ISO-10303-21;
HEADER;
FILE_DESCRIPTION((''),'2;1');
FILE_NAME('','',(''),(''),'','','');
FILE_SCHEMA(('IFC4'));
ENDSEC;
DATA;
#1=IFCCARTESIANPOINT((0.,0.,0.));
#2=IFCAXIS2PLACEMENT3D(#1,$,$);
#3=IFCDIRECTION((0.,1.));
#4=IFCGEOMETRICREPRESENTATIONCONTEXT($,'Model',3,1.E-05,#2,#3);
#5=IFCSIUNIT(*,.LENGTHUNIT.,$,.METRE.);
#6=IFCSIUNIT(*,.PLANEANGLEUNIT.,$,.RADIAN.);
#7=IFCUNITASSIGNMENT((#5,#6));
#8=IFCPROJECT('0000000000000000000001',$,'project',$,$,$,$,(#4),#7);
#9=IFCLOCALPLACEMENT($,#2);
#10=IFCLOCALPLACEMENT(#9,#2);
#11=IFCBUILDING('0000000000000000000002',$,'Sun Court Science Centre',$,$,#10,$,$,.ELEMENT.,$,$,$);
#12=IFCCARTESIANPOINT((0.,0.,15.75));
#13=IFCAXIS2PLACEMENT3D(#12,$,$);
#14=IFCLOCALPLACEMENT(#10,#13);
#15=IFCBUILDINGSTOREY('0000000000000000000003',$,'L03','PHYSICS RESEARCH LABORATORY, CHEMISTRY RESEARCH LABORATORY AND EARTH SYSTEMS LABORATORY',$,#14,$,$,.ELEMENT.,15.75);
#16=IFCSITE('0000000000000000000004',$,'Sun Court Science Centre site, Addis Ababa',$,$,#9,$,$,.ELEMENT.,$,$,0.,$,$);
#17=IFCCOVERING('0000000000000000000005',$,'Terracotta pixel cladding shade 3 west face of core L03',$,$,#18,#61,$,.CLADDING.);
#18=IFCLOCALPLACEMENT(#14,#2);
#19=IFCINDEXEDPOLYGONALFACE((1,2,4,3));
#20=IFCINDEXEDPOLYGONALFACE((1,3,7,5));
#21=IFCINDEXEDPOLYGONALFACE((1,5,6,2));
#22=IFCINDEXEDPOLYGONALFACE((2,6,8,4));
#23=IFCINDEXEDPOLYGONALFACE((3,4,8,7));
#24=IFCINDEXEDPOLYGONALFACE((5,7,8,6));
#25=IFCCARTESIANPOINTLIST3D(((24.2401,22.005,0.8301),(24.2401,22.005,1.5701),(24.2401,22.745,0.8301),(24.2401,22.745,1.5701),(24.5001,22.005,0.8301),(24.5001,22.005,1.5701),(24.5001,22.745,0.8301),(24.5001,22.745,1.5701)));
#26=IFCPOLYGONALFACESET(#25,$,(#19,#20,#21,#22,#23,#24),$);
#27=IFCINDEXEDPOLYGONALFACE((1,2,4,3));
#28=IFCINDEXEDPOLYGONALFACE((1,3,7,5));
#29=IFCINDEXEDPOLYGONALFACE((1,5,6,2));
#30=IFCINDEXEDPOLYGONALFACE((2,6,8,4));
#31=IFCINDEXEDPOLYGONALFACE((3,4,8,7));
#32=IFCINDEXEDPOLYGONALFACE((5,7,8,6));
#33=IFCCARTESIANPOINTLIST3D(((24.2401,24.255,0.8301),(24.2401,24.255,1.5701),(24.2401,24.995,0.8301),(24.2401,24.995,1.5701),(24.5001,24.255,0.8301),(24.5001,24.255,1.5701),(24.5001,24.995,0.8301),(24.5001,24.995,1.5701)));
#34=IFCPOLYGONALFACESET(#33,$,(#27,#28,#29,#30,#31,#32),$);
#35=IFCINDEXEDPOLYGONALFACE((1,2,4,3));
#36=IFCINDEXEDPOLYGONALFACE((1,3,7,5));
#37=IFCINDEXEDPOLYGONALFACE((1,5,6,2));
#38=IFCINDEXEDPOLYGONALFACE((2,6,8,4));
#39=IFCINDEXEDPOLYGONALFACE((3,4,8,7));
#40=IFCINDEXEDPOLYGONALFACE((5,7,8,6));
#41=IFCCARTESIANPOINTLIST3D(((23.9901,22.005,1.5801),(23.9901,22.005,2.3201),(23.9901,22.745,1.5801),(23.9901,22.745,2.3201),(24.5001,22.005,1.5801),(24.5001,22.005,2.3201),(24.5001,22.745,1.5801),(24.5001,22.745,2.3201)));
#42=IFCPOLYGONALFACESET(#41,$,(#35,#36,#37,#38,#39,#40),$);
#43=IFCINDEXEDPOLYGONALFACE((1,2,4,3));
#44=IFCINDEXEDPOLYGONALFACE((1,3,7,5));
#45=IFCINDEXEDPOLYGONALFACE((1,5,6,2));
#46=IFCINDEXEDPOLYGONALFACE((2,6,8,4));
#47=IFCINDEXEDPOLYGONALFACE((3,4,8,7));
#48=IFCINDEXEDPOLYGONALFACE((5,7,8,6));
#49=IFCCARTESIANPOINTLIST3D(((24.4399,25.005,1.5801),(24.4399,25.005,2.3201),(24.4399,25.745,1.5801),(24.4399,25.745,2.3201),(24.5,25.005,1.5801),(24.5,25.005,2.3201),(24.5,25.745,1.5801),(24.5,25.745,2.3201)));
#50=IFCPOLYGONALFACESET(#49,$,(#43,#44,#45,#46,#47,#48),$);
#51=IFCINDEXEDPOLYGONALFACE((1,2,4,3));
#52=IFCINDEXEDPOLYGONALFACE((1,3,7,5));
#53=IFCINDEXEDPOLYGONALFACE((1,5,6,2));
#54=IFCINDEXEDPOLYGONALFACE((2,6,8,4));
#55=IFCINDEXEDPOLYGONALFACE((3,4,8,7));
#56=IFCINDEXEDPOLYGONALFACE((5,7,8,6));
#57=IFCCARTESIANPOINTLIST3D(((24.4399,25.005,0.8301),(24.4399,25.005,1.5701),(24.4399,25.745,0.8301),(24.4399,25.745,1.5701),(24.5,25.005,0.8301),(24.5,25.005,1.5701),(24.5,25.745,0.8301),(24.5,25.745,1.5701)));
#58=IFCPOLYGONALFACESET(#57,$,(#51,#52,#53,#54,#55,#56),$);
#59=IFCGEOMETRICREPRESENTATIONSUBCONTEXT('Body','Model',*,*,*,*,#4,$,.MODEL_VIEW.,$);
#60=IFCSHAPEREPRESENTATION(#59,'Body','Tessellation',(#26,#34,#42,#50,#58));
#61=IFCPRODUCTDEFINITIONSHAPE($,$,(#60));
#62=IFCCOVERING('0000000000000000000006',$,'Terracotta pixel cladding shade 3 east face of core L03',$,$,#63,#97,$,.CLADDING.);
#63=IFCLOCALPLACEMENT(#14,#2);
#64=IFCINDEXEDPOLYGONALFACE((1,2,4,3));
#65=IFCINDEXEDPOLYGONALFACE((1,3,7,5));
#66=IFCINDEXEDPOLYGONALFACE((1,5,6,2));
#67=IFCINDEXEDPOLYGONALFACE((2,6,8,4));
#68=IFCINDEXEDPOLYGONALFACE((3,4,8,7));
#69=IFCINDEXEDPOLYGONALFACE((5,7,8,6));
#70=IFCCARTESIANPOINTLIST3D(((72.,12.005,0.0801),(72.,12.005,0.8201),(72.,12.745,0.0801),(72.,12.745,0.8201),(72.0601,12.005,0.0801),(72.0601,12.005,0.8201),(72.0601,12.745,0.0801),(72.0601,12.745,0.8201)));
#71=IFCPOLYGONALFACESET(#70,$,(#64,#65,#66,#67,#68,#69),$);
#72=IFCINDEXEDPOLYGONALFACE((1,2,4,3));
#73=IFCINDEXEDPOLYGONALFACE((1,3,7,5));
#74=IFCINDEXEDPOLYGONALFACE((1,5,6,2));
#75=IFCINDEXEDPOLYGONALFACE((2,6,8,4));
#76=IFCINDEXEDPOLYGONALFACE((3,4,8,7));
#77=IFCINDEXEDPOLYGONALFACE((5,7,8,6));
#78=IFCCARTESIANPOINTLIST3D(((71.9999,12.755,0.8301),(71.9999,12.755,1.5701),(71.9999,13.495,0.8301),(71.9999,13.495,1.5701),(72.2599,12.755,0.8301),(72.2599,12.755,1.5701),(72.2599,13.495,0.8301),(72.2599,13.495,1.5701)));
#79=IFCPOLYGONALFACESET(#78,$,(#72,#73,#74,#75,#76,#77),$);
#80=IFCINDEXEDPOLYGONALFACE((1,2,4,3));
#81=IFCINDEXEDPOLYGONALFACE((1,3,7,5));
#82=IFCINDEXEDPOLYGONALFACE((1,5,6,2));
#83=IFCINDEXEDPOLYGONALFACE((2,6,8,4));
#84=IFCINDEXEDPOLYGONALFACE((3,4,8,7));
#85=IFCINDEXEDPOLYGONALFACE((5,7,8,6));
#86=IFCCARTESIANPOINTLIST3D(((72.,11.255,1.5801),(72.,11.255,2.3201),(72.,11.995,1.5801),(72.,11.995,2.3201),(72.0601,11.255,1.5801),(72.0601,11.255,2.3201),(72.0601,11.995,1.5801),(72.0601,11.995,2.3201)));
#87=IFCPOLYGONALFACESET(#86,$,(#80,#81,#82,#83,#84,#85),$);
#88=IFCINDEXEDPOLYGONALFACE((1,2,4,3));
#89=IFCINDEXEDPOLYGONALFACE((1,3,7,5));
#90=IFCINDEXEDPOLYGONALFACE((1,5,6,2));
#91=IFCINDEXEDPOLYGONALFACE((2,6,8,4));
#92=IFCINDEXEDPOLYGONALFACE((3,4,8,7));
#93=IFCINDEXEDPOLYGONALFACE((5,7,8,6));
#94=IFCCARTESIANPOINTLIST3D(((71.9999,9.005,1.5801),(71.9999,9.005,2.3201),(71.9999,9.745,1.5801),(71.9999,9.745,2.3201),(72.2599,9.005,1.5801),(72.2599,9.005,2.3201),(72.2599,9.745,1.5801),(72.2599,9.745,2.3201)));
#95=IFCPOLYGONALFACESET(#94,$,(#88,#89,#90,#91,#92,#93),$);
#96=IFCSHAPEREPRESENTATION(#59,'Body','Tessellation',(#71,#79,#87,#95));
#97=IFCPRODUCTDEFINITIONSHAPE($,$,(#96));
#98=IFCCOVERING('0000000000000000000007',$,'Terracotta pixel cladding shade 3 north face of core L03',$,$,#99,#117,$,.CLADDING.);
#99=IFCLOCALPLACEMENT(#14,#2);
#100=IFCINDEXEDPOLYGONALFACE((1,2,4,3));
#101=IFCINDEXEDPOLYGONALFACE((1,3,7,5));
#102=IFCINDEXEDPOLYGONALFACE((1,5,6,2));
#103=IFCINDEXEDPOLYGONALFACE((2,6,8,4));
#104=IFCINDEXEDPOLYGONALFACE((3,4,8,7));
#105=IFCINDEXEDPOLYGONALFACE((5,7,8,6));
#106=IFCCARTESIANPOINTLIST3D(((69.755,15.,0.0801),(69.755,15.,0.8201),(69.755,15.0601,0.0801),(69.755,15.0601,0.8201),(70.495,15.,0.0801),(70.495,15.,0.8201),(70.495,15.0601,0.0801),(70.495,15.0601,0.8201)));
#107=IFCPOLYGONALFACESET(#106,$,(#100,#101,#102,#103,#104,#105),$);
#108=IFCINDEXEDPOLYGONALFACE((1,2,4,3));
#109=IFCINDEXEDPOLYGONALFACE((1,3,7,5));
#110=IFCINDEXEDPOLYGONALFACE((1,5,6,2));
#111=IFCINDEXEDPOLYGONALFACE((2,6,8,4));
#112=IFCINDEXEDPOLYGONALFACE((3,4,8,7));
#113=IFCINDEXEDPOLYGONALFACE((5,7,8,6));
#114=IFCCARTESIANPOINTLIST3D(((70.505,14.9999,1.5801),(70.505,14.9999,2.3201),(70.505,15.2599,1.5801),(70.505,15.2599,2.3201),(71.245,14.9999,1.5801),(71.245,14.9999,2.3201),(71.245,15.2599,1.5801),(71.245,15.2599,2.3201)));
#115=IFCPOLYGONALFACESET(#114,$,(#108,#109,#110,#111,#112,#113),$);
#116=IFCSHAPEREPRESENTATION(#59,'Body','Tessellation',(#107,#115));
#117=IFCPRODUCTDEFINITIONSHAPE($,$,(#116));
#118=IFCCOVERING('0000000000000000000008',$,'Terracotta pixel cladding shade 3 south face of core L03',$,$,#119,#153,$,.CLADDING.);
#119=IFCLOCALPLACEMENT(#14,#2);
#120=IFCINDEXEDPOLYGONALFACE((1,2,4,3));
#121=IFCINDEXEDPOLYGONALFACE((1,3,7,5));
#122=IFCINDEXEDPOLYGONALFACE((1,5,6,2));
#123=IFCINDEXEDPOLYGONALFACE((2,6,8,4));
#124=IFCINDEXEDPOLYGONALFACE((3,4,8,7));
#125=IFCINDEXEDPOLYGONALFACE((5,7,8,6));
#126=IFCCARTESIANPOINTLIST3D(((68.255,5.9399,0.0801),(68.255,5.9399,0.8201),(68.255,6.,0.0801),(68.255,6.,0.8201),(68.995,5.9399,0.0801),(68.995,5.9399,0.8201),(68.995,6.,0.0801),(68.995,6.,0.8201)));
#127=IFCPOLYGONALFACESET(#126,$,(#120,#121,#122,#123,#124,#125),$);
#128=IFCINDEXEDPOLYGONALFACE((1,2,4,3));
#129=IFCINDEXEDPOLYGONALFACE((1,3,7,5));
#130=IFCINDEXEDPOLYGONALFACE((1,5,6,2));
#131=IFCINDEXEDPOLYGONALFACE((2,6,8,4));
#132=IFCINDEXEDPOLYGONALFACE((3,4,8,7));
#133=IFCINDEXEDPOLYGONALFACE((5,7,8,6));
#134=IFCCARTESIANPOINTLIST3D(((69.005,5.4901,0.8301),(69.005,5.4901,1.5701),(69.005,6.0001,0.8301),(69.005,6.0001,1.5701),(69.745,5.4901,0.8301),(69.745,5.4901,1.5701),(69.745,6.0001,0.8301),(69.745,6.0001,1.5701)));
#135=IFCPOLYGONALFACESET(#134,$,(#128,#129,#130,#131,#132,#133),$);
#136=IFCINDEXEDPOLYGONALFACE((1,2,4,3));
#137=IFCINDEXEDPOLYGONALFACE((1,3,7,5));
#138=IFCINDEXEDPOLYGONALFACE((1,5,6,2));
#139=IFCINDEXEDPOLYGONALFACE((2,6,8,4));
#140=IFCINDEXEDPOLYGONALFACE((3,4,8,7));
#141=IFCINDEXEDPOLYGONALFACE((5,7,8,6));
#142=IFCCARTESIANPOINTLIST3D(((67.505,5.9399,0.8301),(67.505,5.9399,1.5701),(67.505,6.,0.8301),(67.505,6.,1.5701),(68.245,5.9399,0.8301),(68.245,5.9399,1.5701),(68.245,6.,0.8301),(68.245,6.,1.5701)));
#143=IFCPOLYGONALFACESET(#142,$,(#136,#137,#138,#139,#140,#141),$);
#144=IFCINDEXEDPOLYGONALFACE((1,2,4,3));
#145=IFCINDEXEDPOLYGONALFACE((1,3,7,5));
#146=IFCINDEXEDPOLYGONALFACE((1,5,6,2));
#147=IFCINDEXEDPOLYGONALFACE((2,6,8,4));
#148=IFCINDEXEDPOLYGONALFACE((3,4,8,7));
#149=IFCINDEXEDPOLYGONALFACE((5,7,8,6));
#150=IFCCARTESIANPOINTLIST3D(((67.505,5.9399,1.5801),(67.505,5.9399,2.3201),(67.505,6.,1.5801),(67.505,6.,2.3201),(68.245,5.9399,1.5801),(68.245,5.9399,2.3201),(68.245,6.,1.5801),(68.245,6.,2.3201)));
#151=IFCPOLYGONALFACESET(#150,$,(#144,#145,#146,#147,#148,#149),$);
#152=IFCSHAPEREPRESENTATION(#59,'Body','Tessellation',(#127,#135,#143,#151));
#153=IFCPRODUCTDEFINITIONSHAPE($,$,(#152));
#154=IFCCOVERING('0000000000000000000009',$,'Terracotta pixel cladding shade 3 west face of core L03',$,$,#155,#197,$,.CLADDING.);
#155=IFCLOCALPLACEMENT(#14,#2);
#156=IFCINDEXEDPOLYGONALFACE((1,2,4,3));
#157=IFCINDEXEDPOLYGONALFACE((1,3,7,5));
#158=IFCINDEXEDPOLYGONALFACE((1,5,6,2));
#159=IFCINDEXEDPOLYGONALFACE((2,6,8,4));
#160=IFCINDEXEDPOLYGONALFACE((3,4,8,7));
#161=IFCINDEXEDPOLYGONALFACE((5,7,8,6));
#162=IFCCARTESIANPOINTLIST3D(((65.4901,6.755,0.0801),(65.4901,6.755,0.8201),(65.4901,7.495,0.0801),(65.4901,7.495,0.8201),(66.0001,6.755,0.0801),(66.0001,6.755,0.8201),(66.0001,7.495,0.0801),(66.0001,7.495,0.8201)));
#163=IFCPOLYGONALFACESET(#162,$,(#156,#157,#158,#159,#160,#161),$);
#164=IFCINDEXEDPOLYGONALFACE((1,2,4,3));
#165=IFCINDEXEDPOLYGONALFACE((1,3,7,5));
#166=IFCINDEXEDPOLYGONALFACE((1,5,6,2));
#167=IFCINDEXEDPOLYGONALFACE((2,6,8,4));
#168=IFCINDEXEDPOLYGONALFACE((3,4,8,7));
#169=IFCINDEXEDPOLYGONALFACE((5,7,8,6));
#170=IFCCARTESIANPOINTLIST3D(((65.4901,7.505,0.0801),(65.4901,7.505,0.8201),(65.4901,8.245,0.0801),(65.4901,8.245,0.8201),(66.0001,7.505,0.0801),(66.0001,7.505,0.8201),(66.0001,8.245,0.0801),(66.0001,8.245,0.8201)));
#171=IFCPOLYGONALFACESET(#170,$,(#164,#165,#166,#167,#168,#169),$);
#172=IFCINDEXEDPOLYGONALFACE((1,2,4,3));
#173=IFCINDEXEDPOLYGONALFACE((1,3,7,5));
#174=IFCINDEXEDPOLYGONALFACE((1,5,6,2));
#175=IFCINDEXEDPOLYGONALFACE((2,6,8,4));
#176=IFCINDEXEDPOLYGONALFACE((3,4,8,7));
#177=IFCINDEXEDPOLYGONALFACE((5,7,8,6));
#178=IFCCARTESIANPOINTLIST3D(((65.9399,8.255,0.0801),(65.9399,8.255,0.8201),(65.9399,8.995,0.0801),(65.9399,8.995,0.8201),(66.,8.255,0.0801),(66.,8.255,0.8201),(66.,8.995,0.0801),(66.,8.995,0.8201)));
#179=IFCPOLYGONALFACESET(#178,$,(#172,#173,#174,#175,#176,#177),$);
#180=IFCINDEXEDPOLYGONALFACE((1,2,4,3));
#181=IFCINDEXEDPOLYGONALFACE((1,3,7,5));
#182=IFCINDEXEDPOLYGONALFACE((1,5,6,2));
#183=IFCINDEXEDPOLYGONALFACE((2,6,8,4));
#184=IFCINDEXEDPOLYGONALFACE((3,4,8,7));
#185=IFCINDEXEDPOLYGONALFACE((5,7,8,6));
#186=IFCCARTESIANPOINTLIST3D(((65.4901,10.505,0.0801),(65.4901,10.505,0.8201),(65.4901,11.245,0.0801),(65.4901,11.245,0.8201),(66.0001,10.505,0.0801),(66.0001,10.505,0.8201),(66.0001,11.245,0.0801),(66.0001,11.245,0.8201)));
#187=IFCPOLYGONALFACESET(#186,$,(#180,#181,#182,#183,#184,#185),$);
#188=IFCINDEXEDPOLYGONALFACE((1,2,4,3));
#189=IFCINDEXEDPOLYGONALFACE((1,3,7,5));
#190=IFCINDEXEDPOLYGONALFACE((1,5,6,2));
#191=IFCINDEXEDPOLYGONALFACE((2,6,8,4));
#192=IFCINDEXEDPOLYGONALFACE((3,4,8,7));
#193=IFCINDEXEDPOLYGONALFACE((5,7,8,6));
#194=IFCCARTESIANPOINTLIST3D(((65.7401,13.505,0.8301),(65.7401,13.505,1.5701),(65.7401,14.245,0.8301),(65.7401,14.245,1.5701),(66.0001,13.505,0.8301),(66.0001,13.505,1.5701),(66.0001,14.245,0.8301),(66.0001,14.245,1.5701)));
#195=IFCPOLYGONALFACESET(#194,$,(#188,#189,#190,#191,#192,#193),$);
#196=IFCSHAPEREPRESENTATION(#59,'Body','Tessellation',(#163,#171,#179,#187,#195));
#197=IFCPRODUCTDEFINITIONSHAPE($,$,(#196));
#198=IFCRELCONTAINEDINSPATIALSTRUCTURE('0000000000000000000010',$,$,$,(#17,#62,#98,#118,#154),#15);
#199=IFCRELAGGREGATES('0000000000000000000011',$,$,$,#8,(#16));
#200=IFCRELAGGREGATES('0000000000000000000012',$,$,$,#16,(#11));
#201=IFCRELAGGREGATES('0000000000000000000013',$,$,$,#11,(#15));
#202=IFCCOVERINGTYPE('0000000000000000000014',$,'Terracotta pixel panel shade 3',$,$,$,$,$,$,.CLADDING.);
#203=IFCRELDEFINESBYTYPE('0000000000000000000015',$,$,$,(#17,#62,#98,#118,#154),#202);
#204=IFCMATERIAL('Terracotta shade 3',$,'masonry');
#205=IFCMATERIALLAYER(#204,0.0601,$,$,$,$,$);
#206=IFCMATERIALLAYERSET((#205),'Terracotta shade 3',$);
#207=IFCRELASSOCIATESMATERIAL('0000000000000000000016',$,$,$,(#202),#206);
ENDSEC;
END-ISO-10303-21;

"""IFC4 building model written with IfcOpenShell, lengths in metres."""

from ifc_helpers import new_model, si_unit, direction, frame, origin, origin_2d, place, context, subcontext, project, spatial, rectangle, extrude, material, layer, layer_set, type_object, element, save


model = new_model("IFC4")

# Units and contexts
model_context = context("Model", 3, precision=1e-05, world=origin(), true_north=direction((0.0, 1.0)))
body_context = subcontext(model_context, "Body", "Model", "MODEL_VIEW")
ifc_project = project(units=[si_unit("LENGTHUNIT", "METRE"), si_unit("PLANEANGLEUNIT", "RADIAN")], contexts=[model_context])

# Site, building, storey
site_placement = place(None, origin())
site = spatial("IfcSite", under=ifc_project, at=site_placement, Name="Sun Court Science Centre site, Addis Ababa", CompositionType="ELEMENT", RefElevation=0.0)
building_placement = place(site_placement, origin())
building = spatial("IfcBuilding", under=site, at=building_placement, Name="Sun Court Science Centre", CompositionType="ELEMENT")
storey_placement = place(building_placement, frame((0.0, 0.0, 15.75)))
storey = spatial("IfcBuildingStorey", under=building, at=storey_placement, Name="L03", Description="PHYSICS RESEARCH LABORATORY, CHEMISTRY RESEARCH LABORATORY AND EARTH SYSTEMS LABORATORY", CompositionType="ELEMENT", Elevation=15.75)

# Coverings
ifc_material_1 = material(Name="Terracotta shade 3", Category="masonry")
ifc_layer_1 = layer(ifc_material_1, 0.0601)
ifc_layer_set_1 = layer_set([ifc_layer_1], Name="Terracotta shade 3")
covering_type_1 = type_object("IfcCoveringType", Name="Terracotta pixel panel shade 3", PredefinedType="CLADDING", material=ifc_layer_set_1)
covering_1_placement = place(storey_placement, frame((0.0, 0.0, -15.75)))
element("IfcCovering", 1, at=covering_1_placement, inside=storey, type_object=covering_type_1, Name="Terracotta pixel cladding shade 3 west face of core L03", PredefinedType="CLADDING", context=body_context, shape_type="SweptSolid", body=[
    extrude(rectangle(XDim=0.74, YDim=0.26, at=origin_2d()), frame((24.3701, 22.375, 16.5801), z_axis=(0.0, 0.0, 1.0), x_axis=(0.0, 1.0, 0.0)), (0.0, 0.0, 1.0), 0.74),
    extrude(rectangle(XDim=0.74, YDim=0.26, at=origin_2d()), frame((24.3701, 24.625, 16.5801), z_axis=(0.0, 0.0, 1.0), x_axis=(0.0, 1.0, 0.0)), (0.0, 0.0, 1.0), 0.74),
    extrude(rectangle(XDim=0.74, YDim=0.51, at=origin_2d()), frame((24.2451, 22.375, 17.3301), z_axis=(0.0, 0.0, 1.0), x_axis=(0.0, 1.0, 0.0)), (0.0, 0.0, 1.0), 0.74),
    extrude(rectangle(XDim=0.74, YDim=0.0601, at=origin_2d()), frame((24.47, 25.375, 17.3301), z_axis=(0.0, 0.0, 1.0), x_axis=(0.0, 1.0, 0.0)), (0.0, 0.0, 1.0), 0.74),
    extrude(rectangle(XDim=0.74, YDim=0.0601, at=origin_2d()), frame((24.47, 25.375, 16.5801), z_axis=(0.0, 0.0, 1.0), x_axis=(0.0, 1.0, 0.0)), (0.0, 0.0, 1.0), 0.74),
])
covering_2_placement = place(storey_placement, frame((0.0, 0.0, -15.75)))
element("IfcCovering", 2, at=covering_2_placement, inside=storey, type_object=covering_type_1, Name="Terracotta pixel cladding shade 3 east face of core L03", PredefinedType="CLADDING", context=body_context, shape_type="SweptSolid", body=[
    extrude(rectangle(XDim=0.74, YDim=0.0601, at=origin_2d()), frame((72.03, 12.375, 15.8301), z_axis=(0.0, 0.0, 1.0), x_axis=(0.0, -1.0, 0.0)), (0.0, 0.0, 1.0), 0.74),
    extrude(rectangle(XDim=0.74, YDim=0.26, at=origin_2d()), frame((72.1299, 13.125, 16.5801), z_axis=(0.0, 0.0, 1.0), x_axis=(0.0, -1.0, 0.0)), (0.0, 0.0, 1.0), 0.74),
    extrude(rectangle(XDim=0.74, YDim=0.0601, at=origin_2d()), frame((72.03, 11.625, 17.3301), z_axis=(0.0, 0.0, 1.0), x_axis=(0.0, -1.0, 0.0)), (0.0, 0.0, 1.0), 0.74),
    extrude(rectangle(XDim=0.74, YDim=0.26, at=origin_2d()), frame((72.1299, 9.375, 17.3301), z_axis=(0.0, 0.0, 1.0), x_axis=(0.0, -1.0, 0.0)), (0.0, 0.0, 1.0), 0.74),
])
covering_3_placement = place(storey_placement, frame((0.0, 0.0, -15.75)))
element("IfcCovering", 3, at=covering_3_placement, inside=storey, type_object=covering_type_1, Name="Terracotta pixel cladding shade 3 north face of core L03", PredefinedType="CLADDING", context=body_context, shape_type="SweptSolid", body=[
    extrude(rectangle(XDim=0.74, YDim=0.0601, at=origin_2d()), frame((70.125, 15.03, 15.8301), z_axis=(0.0, 0.0, 1.0), x_axis=(1.0, 0.0, 0.0)), (0.0, 0.0, 1.0), 0.74),
    extrude(rectangle(XDim=0.74, YDim=0.26, at=origin_2d()), frame((70.875, 15.1299, 17.3301), z_axis=(0.0, 0.0, 1.0), x_axis=(1.0, 0.0, 0.0)), (0.0, 0.0, 1.0), 0.74),
])
covering_4_placement = place(storey_placement, frame((0.0, 0.0, -15.75)))
element("IfcCovering", 4, at=covering_4_placement, inside=storey, type_object=covering_type_1, Name="Terracotta pixel cladding shade 3 south face of core L03", PredefinedType="CLADDING", context=body_context, shape_type="SweptSolid", body=[
    extrude(rectangle(XDim=0.74, YDim=0.0601, at=origin_2d()), frame((68.625, 5.97, 15.8301), z_axis=(0.0, 0.0, 1.0), x_axis=(-1.0, 0.0, 0.0)), (0.0, 0.0, 1.0), 0.74),
    extrude(rectangle(XDim=0.74, YDim=0.51, at=origin_2d()), frame((69.375, 5.7451, 16.5801), z_axis=(0.0, 0.0, 1.0), x_axis=(-1.0, 0.0, 0.0)), (0.0, 0.0, 1.0), 0.74),
    extrude(rectangle(XDim=0.74, YDim=0.0601, at=origin_2d()), frame((67.875, 5.97, 16.5801), z_axis=(0.0, 0.0, 1.0), x_axis=(-1.0, 0.0, 0.0)), (0.0, 0.0, 1.0), 0.74),
    extrude(rectangle(XDim=0.74, YDim=0.0601, at=origin_2d()), frame((67.875, 5.97, 17.3301), z_axis=(0.0, 0.0, 1.0), x_axis=(-1.0, 0.0, 0.0)), (0.0, 0.0, 1.0), 0.74),
])
covering_5_placement = place(storey_placement, frame((0.0, 0.0, -15.75)))
element("IfcCovering", 5, at=covering_5_placement, inside=storey, type_object=covering_type_1, Name="Terracotta pixel cladding shade 3 west face of core L03", PredefinedType="CLADDING", context=body_context, shape_type="SweptSolid", body=[
    extrude(rectangle(XDim=0.74, YDim=0.51, at=origin_2d()), frame((65.7451, 7.125, 15.8301), z_axis=(0.0, 0.0, 1.0), x_axis=(0.0, 1.0, 0.0)), (0.0, 0.0, 1.0), 0.74),
    extrude(rectangle(XDim=0.74, YDim=0.51, at=origin_2d()), frame((65.7451, 7.875, 15.8301), z_axis=(0.0, 0.0, 1.0), x_axis=(0.0, 1.0, 0.0)), (0.0, 0.0, 1.0), 0.74),
    extrude(rectangle(XDim=0.74, YDim=0.0601, at=origin_2d()), frame((65.97, 8.625, 15.8301), z_axis=(0.0, 0.0, 1.0), x_axis=(0.0, 1.0, 0.0)), (0.0, 0.0, 1.0), 0.74),
    extrude(rectangle(XDim=0.74, YDim=0.51, at=origin_2d()), frame((65.7451, 10.875, 15.8301), z_axis=(0.0, 0.0, 1.0), x_axis=(0.0, 1.0, 0.0)), (0.0, 0.0, 1.0), 0.74),
    extrude(rectangle(XDim=0.74, YDim=0.26, at=origin_2d()), frame((65.8701, 13.875, 16.5801), z_axis=(0.0, 0.0, 1.0), x_axis=(0.0, 1.0, 0.0)), (0.0, 0.0, 1.0), 0.74),
])

save(model, "model.ifc")
